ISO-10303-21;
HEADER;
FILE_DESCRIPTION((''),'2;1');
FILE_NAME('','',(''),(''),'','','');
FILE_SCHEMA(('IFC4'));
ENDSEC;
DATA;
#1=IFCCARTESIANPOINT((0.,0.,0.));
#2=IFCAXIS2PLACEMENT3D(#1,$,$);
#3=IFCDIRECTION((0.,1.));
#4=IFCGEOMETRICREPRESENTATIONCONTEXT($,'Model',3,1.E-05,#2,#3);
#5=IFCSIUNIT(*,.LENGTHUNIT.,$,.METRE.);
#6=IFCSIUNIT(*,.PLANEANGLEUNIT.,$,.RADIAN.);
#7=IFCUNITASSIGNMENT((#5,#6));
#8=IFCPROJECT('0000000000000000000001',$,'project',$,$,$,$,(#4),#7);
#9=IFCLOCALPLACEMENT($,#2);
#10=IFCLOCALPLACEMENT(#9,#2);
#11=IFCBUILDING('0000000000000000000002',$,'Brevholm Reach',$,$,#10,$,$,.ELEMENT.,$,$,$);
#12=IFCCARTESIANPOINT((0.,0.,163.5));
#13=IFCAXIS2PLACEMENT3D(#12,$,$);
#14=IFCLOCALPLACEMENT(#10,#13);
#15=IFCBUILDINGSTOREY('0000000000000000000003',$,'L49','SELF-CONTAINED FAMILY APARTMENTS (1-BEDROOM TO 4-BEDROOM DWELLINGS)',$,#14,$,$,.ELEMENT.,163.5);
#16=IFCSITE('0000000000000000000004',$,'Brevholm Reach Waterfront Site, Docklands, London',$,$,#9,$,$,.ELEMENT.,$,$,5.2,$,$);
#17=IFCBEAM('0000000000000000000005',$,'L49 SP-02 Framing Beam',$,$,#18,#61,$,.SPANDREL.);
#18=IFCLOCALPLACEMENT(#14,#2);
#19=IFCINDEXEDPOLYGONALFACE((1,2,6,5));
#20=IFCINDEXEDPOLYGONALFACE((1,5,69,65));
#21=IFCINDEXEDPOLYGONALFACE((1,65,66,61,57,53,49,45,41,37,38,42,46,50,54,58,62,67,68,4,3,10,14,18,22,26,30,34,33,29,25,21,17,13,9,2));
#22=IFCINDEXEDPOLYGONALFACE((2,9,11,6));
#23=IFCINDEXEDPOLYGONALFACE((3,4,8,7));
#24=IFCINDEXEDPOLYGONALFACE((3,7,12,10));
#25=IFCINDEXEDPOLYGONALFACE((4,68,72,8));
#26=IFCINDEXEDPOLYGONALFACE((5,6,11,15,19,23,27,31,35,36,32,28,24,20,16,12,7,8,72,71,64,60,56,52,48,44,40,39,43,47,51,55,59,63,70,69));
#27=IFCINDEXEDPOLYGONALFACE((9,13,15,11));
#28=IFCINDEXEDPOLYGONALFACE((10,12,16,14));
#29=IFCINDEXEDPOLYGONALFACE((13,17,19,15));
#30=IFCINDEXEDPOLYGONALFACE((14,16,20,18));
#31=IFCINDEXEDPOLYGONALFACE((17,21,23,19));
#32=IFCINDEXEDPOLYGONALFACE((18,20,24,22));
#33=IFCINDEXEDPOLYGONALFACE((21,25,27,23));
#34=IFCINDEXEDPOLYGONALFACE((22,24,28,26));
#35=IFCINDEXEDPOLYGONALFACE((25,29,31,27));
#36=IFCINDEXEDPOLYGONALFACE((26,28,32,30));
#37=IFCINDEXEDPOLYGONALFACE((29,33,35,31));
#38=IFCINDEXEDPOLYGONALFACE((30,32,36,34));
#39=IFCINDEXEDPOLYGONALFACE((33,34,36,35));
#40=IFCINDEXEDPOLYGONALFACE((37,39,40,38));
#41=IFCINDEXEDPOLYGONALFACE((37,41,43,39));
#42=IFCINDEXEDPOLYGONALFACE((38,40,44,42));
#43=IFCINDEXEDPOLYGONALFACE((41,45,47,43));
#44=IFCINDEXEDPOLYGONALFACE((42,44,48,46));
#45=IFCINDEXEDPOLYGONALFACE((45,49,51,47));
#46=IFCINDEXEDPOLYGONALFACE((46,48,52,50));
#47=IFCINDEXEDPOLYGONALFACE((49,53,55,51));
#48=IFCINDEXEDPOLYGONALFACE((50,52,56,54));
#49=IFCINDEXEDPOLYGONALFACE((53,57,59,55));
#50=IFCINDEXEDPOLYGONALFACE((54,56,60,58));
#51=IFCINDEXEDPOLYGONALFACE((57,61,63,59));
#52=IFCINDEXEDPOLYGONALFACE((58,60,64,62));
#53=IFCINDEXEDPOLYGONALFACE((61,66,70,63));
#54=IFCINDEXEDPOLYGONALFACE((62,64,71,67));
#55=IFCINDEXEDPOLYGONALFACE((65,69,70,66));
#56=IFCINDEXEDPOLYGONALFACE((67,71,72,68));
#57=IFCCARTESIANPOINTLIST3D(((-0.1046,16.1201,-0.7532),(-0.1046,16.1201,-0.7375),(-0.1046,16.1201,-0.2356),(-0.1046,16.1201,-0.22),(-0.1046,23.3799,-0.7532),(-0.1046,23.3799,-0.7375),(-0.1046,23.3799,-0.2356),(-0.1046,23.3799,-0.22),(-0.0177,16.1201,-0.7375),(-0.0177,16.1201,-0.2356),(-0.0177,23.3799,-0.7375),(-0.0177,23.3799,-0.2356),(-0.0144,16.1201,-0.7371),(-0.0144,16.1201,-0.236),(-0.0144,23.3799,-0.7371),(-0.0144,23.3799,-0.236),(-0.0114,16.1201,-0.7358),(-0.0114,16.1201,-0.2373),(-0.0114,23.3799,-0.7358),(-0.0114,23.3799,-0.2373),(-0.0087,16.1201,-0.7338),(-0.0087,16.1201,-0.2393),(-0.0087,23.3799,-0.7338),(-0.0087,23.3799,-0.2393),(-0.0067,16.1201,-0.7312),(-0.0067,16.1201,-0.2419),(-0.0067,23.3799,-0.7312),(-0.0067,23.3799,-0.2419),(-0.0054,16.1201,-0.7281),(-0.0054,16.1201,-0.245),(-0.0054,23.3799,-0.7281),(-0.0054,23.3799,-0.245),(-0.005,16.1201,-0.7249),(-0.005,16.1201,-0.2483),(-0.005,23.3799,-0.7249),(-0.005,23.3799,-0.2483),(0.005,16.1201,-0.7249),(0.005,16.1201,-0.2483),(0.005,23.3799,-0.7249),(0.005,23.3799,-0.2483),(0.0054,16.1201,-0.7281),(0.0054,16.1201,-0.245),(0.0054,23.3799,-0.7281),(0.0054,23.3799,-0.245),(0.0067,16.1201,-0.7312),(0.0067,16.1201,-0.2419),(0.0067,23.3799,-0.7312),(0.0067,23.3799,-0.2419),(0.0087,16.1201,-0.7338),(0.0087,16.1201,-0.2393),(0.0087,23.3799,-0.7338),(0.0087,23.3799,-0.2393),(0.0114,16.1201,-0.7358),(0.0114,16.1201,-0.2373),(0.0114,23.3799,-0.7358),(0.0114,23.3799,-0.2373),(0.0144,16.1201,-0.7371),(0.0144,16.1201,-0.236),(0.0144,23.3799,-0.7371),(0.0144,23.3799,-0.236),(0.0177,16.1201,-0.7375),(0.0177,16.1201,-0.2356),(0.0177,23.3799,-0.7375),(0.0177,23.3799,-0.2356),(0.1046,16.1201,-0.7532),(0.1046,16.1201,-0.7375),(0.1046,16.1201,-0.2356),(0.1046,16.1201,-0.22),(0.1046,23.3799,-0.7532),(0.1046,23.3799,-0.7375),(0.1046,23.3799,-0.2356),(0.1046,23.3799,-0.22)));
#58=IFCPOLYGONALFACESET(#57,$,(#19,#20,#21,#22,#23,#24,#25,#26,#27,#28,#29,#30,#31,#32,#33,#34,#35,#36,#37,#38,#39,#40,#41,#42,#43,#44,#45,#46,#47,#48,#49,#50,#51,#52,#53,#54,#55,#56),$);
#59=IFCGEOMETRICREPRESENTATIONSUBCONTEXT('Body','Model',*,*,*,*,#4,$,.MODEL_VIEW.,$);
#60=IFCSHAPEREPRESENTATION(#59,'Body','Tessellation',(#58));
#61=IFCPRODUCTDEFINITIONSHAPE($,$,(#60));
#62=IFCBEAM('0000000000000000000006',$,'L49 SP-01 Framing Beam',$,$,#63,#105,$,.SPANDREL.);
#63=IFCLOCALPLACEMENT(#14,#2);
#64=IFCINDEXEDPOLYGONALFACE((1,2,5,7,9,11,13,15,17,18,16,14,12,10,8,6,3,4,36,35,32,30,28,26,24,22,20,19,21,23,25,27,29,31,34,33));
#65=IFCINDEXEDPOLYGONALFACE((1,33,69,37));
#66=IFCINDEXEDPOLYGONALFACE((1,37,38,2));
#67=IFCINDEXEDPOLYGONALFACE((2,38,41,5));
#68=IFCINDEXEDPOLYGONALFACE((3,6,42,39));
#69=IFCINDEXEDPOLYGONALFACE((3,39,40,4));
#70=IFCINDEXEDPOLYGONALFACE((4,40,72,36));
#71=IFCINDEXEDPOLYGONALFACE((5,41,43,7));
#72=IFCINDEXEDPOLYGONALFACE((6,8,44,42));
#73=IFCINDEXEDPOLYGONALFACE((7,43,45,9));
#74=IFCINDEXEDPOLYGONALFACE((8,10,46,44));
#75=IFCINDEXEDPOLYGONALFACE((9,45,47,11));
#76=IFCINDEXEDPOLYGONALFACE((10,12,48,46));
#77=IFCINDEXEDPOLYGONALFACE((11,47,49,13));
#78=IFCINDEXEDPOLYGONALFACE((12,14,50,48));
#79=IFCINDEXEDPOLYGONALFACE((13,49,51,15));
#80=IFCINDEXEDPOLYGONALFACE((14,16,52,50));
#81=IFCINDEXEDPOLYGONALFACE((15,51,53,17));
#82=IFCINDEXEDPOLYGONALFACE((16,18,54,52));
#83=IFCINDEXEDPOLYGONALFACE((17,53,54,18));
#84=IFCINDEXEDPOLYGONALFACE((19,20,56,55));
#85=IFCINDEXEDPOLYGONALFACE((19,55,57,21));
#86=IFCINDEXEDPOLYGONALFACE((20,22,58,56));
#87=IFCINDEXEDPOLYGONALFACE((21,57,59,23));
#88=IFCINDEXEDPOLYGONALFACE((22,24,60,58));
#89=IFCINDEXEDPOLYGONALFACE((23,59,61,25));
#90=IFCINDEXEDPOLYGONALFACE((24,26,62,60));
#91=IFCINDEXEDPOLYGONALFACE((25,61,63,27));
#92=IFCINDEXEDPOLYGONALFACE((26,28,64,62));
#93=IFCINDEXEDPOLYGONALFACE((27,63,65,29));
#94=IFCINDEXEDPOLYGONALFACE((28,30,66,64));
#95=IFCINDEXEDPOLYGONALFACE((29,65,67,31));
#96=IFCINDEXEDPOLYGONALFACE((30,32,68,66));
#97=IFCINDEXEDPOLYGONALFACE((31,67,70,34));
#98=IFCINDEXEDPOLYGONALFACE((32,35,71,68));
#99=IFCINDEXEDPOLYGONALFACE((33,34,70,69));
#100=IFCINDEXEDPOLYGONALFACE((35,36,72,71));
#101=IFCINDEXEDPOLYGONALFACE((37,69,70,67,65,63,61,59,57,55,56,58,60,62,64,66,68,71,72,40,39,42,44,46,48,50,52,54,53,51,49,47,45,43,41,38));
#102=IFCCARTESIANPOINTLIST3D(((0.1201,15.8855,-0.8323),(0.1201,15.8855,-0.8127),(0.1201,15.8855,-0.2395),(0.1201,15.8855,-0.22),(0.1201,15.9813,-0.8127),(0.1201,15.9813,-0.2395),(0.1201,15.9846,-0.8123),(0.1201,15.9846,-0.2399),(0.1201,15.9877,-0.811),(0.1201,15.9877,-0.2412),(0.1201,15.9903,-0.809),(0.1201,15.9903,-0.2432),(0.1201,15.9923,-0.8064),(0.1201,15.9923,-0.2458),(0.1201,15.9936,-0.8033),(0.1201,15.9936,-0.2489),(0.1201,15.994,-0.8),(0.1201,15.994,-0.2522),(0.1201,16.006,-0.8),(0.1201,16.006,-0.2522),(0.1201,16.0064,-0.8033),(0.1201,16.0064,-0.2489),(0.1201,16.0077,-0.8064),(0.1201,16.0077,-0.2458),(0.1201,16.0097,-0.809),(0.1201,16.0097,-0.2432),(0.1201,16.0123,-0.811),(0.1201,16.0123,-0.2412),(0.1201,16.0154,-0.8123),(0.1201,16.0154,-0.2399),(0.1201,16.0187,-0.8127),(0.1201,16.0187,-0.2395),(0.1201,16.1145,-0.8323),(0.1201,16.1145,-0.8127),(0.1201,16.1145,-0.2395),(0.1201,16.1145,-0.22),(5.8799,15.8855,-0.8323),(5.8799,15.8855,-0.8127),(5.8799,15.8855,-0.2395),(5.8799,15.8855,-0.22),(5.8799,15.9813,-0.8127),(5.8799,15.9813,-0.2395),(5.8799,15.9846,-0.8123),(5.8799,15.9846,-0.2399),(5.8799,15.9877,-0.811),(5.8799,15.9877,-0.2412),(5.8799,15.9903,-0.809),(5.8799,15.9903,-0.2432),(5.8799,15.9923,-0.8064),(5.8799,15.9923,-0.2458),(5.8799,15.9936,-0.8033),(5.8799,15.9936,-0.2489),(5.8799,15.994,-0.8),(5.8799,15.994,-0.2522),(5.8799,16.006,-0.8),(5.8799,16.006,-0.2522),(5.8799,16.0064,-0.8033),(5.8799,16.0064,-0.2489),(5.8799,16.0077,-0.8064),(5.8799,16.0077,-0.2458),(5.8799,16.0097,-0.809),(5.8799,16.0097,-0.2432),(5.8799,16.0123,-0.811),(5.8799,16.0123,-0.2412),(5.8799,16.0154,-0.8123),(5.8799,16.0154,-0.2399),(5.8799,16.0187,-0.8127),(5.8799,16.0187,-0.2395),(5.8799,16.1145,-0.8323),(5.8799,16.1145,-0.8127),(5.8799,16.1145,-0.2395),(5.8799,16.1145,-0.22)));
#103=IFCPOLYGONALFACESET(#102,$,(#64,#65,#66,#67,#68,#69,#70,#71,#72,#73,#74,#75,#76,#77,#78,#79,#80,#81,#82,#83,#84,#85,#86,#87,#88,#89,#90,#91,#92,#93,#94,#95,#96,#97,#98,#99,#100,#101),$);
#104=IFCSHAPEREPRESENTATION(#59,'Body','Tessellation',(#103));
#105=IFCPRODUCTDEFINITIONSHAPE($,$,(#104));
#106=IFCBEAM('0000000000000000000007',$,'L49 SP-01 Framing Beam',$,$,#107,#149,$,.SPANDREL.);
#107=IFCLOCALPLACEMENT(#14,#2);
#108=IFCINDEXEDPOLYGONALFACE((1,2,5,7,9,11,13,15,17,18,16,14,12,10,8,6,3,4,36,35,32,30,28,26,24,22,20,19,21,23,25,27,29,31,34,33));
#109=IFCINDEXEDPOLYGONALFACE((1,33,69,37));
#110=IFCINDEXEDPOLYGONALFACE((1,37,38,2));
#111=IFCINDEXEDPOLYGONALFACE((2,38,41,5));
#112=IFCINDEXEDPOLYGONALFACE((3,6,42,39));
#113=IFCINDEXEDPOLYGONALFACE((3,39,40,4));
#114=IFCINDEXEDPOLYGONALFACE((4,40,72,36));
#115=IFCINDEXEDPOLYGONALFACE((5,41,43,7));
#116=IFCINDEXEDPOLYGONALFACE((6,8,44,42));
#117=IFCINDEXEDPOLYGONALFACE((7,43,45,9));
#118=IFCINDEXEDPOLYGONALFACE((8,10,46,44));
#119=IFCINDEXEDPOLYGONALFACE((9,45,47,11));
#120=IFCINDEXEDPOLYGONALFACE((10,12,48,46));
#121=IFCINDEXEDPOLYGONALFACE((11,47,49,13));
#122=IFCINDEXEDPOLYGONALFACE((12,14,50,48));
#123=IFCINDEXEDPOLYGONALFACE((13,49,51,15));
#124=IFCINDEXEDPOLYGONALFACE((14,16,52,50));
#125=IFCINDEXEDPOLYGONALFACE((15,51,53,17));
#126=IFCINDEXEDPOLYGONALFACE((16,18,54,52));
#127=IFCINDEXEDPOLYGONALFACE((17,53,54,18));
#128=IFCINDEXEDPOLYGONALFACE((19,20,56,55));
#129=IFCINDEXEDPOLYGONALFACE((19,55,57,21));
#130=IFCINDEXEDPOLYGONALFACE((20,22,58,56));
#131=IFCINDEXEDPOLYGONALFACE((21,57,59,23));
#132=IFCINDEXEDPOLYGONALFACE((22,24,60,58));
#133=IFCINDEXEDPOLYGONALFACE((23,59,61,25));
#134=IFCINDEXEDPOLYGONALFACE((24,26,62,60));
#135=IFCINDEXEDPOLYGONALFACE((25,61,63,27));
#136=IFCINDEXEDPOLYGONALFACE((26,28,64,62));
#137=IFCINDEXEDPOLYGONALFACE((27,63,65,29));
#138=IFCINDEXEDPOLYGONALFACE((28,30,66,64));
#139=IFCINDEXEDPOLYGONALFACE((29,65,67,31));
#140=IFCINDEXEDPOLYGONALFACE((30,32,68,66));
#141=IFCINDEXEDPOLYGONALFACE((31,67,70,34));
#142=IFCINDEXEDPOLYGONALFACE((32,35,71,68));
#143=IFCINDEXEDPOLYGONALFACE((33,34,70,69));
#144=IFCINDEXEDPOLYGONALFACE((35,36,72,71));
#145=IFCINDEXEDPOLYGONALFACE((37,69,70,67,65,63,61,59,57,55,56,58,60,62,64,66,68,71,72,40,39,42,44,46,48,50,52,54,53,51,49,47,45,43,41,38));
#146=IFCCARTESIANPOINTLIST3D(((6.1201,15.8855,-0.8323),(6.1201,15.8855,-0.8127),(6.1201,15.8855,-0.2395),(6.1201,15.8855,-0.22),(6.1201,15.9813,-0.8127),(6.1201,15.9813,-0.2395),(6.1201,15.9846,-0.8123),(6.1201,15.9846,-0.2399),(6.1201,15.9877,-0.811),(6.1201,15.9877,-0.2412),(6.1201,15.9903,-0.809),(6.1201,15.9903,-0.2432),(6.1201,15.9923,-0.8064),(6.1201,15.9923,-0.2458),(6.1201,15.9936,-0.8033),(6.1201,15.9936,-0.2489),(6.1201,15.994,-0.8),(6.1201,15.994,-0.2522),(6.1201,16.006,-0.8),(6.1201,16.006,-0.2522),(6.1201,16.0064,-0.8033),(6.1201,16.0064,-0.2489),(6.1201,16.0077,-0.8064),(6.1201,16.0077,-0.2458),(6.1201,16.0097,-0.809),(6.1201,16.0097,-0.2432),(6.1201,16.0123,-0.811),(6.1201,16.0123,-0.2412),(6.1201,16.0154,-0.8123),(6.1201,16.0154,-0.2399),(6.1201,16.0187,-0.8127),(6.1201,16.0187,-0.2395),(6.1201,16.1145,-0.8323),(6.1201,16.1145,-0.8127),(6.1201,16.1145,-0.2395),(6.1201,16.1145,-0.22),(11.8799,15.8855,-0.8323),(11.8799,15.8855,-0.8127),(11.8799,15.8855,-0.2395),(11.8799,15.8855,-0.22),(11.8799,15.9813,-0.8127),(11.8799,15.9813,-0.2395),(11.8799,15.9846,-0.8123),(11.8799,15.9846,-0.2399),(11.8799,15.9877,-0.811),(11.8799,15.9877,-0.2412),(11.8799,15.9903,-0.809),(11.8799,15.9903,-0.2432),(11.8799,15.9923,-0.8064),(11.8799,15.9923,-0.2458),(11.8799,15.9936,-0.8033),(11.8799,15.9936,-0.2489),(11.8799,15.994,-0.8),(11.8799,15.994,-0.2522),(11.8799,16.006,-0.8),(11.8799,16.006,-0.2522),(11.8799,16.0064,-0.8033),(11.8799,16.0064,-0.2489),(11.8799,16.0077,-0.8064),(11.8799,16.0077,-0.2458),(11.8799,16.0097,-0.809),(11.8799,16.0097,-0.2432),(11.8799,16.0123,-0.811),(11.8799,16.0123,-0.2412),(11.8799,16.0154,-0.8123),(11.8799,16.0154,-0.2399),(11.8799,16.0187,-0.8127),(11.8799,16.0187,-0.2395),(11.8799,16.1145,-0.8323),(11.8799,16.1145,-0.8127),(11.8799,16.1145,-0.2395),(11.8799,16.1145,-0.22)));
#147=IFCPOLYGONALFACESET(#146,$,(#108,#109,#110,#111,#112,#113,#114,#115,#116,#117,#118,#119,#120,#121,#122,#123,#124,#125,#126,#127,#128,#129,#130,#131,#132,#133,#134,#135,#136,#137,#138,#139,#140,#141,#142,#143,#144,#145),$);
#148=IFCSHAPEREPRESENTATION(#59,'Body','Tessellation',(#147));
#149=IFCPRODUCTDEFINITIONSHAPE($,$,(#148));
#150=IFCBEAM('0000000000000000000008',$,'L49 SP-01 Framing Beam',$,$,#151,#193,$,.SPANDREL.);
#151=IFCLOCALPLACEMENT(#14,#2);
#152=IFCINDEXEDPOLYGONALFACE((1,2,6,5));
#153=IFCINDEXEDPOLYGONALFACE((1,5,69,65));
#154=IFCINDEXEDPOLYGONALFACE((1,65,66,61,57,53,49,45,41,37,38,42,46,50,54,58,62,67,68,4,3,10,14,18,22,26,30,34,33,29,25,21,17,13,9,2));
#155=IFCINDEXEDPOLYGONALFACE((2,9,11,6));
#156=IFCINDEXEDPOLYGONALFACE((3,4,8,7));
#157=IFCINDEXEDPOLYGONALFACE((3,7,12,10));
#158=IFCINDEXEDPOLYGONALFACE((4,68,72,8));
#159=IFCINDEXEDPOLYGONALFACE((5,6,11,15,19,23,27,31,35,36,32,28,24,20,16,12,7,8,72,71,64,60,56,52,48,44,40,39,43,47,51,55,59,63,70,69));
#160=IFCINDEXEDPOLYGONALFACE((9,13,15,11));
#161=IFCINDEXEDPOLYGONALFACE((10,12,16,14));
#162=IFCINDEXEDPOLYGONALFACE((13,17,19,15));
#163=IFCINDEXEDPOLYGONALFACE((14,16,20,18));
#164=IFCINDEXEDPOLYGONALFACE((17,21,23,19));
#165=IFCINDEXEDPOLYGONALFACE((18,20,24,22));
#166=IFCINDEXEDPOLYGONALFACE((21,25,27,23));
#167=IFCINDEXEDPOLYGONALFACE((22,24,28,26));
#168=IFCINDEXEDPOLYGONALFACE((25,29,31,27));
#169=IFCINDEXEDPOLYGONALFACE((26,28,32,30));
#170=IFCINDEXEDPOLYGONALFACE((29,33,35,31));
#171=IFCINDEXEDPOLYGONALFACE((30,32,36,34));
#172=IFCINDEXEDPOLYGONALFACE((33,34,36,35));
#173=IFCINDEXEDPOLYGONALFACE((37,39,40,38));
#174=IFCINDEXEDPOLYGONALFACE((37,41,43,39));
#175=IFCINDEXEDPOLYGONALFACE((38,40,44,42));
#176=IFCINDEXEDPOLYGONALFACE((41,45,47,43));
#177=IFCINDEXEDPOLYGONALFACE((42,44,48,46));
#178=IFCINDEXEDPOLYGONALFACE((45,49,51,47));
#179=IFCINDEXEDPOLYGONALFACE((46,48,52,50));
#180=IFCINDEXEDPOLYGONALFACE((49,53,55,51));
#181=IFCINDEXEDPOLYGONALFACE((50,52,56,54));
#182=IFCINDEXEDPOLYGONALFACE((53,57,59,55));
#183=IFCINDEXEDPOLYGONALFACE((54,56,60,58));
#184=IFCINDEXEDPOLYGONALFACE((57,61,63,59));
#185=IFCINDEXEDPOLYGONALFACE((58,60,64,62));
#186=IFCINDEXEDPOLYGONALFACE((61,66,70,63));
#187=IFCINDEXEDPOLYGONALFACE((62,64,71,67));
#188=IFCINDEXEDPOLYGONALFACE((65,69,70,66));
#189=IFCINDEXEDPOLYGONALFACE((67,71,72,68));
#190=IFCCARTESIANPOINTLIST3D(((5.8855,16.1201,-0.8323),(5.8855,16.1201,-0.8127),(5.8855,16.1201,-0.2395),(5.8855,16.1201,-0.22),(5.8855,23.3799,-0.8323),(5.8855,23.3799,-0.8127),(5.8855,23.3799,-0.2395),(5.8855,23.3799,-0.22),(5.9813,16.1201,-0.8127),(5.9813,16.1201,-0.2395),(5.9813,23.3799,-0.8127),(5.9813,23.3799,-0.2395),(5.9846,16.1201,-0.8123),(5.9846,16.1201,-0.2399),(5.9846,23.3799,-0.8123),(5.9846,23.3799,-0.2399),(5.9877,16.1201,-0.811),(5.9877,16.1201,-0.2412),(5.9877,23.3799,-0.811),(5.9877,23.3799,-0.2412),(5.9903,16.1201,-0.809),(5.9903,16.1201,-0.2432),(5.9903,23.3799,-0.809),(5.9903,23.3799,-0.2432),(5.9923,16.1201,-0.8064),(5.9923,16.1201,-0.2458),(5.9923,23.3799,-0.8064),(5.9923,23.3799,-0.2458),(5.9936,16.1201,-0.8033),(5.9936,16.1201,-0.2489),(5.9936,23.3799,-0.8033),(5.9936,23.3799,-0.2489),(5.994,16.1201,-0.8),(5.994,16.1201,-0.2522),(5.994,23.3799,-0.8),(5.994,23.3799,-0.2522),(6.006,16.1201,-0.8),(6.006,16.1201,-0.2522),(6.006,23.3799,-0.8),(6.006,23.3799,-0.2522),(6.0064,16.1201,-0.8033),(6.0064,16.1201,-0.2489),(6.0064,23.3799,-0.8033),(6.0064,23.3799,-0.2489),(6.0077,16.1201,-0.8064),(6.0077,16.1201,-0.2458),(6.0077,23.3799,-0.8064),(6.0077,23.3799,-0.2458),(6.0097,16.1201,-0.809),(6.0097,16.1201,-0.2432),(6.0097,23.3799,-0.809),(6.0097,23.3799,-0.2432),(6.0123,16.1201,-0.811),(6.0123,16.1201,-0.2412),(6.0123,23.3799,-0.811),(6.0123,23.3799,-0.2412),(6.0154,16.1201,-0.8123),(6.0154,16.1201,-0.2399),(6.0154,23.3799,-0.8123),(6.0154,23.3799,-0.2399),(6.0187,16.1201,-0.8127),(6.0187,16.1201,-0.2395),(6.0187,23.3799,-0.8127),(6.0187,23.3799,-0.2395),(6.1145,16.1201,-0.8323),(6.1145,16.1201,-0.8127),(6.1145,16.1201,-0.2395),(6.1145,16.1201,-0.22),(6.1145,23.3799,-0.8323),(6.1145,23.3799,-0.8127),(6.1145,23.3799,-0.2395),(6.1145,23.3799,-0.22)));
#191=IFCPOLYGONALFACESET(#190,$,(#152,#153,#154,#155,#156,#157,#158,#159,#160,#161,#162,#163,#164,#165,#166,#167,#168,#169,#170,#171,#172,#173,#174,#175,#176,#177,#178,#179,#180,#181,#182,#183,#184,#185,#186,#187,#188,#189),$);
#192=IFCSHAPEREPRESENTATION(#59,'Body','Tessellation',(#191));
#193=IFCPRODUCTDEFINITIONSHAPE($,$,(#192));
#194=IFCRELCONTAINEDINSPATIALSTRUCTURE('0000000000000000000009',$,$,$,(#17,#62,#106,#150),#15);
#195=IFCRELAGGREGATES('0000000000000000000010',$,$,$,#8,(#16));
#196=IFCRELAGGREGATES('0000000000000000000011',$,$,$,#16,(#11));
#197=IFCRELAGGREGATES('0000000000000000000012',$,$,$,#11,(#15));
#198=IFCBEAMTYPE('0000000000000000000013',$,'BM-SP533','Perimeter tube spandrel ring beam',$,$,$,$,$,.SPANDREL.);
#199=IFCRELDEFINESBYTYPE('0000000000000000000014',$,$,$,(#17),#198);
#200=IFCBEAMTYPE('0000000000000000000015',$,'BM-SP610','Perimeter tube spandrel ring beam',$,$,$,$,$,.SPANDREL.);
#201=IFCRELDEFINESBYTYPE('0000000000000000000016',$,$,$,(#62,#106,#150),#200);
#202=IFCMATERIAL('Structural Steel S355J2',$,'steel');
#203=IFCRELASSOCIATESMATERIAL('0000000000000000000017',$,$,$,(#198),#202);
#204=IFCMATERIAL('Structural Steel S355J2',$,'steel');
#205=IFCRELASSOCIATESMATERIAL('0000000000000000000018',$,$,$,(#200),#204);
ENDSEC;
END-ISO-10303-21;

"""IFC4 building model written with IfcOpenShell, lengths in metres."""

from ifc_helpers import new_model, si_unit, direction, frame, origin, origin_2d, place, context, subcontext, project, spatial, i_section, extrude, material, material_profile, profile_set, type_object, element, save


model = new_model("IFC4")

# Units and contexts
model_context = context("Model", 3, precision=1e-05, world=origin(), true_north=direction((0.0, 1.0)))
body_context = subcontext(model_context, "Body", "Model", "MODEL_VIEW")
ifc_project = project(units=[si_unit("LENGTHUNIT", "METRE"), si_unit("PLANEANGLEUNIT", "RADIAN")], contexts=[model_context])

# Site, building, storey
site_placement = place(None, origin())
site = spatial("IfcSite", under=ifc_project, at=site_placement, Name="Brevholm Reach Waterfront Site, Docklands, London", CompositionType="ELEMENT", RefElevation=5.2)
building_placement = place(site_placement, origin())
building = spatial("IfcBuilding", under=site, at=building_placement, Name="Brevholm Reach", CompositionType="ELEMENT")
storey_placement = place(building_placement, frame((0.0, 0.0, 163.5)))
storey = spatial("IfcBuildingStorey", under=building, at=storey_placement, Name="L49", Description="SELF-CONTAINED FAMILY APARTMENTS (1-BEDROOM TO 4-BEDROOM DWELLINGS)", CompositionType="ELEMENT", Elevation=163.5)

# Beams
ifc_material_1 = material(Name="Structural Steel S355J2", Category="steel")
ifc_material_profile_1 = material_profile(ifc_material_1, i_section(OverallWidth=0.2092, OverallDepth=0.5332, WebThickness=0.01, FlangeThickness=0.0156, FilletRadius=0.0127, at=origin_2d()), Name="UKB 533x210x92")
ifc_profile_set_1 = profile_set([ifc_material_profile_1], Name="Structural Steel S355J2")
beam_type_1 = type_object("IfcBeamType", Name="BM-SP533", Description="Perimeter tube spandrel ring beam", PredefinedType="SPANDREL", material=ifc_profile_set_1)
beam_1_placement = place(storey_placement, frame((0.0, 16.1201, -0.4866), z_axis=(0.0, 1.0, 0.0), x_axis=(-1.0, 0.0, 0.0)))
element("IfcBeam", 1, at=beam_1_placement, inside=storey, type_object=beam_type_1, Name="L49 SP-02 Framing Beam", PredefinedType="SPANDREL", context=body_context, shape_type="SweptSolid", body=[
    extrude(i_section(OverallWidth=0.2092, OverallDepth=0.5332, WebThickness=0.01, FlangeThickness=0.0156, FilletRadius=0.0127, at=origin_2d()), origin(), (0.0, 0.0, 1.0), 7.2598),
])
ifc_material_2 = material(Name="Structural Steel S355J2", Category="steel")
ifc_material_profile_2 = material_profile(ifc_material_2, i_section(OverallWidth=0.229, OverallDepth=0.6123, WebThickness=0.012, FlangeThickness=0.0195, FilletRadius=0.0127, at=origin_2d()), Name="UKB 610x229x125")
ifc_profile_set_2 = profile_set([ifc_material_profile_2], Name="Structural Steel S355J2")
beam_type_2 = type_object("IfcBeamType", Name="BM-SP610", Description="Perimeter tube spandrel ring beam", PredefinedType="SPANDREL", material=ifc_profile_set_2)
for number, where, z_axis, x_axis, name in (
    (2, (0.1201, 16.0, -0.5261), (1.0, 0.0, 0.0), (0.0, 1.0, 0.0), "L49 SP-01 Framing Beam"),
    (3, (6.1201, 16.0, -0.5261), (1.0, 0.0, 0.0), (0.0, 1.0, 0.0), "L49 SP-01 Framing Beam"),
):
    element("IfcBeam", number, at=place(storey_placement, frame(where, z_axis=z_axis, x_axis=x_axis)), inside=storey, type_object=beam_type_2, Name=name, PredefinedType="SPANDREL", context=body_context, shape_type="SweptSolid", body=[
        extrude(i_section(OverallWidth=0.229, OverallDepth=0.6123, WebThickness=0.012, FlangeThickness=0.0195, FilletRadius=0.0127, at=origin_2d()), origin(), (0.0, 0.0, 1.0), 5.7598),
    ])
beam_2_placement = place(storey_placement, frame((6.0, 16.1201, -0.5261), z_axis=(0.0, 1.0, 0.0), x_axis=(-1.0, 0.0, 0.0)))
element("IfcBeam", 4, at=beam_2_placement, inside=storey, type_object=beam_type_2, Name="L49 SP-01 Framing Beam", PredefinedType="SPANDREL", context=body_context, shape_type="SweptSolid", body=[
    extrude(i_section(OverallWidth=0.229, OverallDepth=0.6123, WebThickness=0.012, FlangeThickness=0.0195, FilletRadius=0.0127, at=origin_2d()), origin(), (0.0, 0.0, 1.0), 7.2598),
])

save(model, "model.ifc")
